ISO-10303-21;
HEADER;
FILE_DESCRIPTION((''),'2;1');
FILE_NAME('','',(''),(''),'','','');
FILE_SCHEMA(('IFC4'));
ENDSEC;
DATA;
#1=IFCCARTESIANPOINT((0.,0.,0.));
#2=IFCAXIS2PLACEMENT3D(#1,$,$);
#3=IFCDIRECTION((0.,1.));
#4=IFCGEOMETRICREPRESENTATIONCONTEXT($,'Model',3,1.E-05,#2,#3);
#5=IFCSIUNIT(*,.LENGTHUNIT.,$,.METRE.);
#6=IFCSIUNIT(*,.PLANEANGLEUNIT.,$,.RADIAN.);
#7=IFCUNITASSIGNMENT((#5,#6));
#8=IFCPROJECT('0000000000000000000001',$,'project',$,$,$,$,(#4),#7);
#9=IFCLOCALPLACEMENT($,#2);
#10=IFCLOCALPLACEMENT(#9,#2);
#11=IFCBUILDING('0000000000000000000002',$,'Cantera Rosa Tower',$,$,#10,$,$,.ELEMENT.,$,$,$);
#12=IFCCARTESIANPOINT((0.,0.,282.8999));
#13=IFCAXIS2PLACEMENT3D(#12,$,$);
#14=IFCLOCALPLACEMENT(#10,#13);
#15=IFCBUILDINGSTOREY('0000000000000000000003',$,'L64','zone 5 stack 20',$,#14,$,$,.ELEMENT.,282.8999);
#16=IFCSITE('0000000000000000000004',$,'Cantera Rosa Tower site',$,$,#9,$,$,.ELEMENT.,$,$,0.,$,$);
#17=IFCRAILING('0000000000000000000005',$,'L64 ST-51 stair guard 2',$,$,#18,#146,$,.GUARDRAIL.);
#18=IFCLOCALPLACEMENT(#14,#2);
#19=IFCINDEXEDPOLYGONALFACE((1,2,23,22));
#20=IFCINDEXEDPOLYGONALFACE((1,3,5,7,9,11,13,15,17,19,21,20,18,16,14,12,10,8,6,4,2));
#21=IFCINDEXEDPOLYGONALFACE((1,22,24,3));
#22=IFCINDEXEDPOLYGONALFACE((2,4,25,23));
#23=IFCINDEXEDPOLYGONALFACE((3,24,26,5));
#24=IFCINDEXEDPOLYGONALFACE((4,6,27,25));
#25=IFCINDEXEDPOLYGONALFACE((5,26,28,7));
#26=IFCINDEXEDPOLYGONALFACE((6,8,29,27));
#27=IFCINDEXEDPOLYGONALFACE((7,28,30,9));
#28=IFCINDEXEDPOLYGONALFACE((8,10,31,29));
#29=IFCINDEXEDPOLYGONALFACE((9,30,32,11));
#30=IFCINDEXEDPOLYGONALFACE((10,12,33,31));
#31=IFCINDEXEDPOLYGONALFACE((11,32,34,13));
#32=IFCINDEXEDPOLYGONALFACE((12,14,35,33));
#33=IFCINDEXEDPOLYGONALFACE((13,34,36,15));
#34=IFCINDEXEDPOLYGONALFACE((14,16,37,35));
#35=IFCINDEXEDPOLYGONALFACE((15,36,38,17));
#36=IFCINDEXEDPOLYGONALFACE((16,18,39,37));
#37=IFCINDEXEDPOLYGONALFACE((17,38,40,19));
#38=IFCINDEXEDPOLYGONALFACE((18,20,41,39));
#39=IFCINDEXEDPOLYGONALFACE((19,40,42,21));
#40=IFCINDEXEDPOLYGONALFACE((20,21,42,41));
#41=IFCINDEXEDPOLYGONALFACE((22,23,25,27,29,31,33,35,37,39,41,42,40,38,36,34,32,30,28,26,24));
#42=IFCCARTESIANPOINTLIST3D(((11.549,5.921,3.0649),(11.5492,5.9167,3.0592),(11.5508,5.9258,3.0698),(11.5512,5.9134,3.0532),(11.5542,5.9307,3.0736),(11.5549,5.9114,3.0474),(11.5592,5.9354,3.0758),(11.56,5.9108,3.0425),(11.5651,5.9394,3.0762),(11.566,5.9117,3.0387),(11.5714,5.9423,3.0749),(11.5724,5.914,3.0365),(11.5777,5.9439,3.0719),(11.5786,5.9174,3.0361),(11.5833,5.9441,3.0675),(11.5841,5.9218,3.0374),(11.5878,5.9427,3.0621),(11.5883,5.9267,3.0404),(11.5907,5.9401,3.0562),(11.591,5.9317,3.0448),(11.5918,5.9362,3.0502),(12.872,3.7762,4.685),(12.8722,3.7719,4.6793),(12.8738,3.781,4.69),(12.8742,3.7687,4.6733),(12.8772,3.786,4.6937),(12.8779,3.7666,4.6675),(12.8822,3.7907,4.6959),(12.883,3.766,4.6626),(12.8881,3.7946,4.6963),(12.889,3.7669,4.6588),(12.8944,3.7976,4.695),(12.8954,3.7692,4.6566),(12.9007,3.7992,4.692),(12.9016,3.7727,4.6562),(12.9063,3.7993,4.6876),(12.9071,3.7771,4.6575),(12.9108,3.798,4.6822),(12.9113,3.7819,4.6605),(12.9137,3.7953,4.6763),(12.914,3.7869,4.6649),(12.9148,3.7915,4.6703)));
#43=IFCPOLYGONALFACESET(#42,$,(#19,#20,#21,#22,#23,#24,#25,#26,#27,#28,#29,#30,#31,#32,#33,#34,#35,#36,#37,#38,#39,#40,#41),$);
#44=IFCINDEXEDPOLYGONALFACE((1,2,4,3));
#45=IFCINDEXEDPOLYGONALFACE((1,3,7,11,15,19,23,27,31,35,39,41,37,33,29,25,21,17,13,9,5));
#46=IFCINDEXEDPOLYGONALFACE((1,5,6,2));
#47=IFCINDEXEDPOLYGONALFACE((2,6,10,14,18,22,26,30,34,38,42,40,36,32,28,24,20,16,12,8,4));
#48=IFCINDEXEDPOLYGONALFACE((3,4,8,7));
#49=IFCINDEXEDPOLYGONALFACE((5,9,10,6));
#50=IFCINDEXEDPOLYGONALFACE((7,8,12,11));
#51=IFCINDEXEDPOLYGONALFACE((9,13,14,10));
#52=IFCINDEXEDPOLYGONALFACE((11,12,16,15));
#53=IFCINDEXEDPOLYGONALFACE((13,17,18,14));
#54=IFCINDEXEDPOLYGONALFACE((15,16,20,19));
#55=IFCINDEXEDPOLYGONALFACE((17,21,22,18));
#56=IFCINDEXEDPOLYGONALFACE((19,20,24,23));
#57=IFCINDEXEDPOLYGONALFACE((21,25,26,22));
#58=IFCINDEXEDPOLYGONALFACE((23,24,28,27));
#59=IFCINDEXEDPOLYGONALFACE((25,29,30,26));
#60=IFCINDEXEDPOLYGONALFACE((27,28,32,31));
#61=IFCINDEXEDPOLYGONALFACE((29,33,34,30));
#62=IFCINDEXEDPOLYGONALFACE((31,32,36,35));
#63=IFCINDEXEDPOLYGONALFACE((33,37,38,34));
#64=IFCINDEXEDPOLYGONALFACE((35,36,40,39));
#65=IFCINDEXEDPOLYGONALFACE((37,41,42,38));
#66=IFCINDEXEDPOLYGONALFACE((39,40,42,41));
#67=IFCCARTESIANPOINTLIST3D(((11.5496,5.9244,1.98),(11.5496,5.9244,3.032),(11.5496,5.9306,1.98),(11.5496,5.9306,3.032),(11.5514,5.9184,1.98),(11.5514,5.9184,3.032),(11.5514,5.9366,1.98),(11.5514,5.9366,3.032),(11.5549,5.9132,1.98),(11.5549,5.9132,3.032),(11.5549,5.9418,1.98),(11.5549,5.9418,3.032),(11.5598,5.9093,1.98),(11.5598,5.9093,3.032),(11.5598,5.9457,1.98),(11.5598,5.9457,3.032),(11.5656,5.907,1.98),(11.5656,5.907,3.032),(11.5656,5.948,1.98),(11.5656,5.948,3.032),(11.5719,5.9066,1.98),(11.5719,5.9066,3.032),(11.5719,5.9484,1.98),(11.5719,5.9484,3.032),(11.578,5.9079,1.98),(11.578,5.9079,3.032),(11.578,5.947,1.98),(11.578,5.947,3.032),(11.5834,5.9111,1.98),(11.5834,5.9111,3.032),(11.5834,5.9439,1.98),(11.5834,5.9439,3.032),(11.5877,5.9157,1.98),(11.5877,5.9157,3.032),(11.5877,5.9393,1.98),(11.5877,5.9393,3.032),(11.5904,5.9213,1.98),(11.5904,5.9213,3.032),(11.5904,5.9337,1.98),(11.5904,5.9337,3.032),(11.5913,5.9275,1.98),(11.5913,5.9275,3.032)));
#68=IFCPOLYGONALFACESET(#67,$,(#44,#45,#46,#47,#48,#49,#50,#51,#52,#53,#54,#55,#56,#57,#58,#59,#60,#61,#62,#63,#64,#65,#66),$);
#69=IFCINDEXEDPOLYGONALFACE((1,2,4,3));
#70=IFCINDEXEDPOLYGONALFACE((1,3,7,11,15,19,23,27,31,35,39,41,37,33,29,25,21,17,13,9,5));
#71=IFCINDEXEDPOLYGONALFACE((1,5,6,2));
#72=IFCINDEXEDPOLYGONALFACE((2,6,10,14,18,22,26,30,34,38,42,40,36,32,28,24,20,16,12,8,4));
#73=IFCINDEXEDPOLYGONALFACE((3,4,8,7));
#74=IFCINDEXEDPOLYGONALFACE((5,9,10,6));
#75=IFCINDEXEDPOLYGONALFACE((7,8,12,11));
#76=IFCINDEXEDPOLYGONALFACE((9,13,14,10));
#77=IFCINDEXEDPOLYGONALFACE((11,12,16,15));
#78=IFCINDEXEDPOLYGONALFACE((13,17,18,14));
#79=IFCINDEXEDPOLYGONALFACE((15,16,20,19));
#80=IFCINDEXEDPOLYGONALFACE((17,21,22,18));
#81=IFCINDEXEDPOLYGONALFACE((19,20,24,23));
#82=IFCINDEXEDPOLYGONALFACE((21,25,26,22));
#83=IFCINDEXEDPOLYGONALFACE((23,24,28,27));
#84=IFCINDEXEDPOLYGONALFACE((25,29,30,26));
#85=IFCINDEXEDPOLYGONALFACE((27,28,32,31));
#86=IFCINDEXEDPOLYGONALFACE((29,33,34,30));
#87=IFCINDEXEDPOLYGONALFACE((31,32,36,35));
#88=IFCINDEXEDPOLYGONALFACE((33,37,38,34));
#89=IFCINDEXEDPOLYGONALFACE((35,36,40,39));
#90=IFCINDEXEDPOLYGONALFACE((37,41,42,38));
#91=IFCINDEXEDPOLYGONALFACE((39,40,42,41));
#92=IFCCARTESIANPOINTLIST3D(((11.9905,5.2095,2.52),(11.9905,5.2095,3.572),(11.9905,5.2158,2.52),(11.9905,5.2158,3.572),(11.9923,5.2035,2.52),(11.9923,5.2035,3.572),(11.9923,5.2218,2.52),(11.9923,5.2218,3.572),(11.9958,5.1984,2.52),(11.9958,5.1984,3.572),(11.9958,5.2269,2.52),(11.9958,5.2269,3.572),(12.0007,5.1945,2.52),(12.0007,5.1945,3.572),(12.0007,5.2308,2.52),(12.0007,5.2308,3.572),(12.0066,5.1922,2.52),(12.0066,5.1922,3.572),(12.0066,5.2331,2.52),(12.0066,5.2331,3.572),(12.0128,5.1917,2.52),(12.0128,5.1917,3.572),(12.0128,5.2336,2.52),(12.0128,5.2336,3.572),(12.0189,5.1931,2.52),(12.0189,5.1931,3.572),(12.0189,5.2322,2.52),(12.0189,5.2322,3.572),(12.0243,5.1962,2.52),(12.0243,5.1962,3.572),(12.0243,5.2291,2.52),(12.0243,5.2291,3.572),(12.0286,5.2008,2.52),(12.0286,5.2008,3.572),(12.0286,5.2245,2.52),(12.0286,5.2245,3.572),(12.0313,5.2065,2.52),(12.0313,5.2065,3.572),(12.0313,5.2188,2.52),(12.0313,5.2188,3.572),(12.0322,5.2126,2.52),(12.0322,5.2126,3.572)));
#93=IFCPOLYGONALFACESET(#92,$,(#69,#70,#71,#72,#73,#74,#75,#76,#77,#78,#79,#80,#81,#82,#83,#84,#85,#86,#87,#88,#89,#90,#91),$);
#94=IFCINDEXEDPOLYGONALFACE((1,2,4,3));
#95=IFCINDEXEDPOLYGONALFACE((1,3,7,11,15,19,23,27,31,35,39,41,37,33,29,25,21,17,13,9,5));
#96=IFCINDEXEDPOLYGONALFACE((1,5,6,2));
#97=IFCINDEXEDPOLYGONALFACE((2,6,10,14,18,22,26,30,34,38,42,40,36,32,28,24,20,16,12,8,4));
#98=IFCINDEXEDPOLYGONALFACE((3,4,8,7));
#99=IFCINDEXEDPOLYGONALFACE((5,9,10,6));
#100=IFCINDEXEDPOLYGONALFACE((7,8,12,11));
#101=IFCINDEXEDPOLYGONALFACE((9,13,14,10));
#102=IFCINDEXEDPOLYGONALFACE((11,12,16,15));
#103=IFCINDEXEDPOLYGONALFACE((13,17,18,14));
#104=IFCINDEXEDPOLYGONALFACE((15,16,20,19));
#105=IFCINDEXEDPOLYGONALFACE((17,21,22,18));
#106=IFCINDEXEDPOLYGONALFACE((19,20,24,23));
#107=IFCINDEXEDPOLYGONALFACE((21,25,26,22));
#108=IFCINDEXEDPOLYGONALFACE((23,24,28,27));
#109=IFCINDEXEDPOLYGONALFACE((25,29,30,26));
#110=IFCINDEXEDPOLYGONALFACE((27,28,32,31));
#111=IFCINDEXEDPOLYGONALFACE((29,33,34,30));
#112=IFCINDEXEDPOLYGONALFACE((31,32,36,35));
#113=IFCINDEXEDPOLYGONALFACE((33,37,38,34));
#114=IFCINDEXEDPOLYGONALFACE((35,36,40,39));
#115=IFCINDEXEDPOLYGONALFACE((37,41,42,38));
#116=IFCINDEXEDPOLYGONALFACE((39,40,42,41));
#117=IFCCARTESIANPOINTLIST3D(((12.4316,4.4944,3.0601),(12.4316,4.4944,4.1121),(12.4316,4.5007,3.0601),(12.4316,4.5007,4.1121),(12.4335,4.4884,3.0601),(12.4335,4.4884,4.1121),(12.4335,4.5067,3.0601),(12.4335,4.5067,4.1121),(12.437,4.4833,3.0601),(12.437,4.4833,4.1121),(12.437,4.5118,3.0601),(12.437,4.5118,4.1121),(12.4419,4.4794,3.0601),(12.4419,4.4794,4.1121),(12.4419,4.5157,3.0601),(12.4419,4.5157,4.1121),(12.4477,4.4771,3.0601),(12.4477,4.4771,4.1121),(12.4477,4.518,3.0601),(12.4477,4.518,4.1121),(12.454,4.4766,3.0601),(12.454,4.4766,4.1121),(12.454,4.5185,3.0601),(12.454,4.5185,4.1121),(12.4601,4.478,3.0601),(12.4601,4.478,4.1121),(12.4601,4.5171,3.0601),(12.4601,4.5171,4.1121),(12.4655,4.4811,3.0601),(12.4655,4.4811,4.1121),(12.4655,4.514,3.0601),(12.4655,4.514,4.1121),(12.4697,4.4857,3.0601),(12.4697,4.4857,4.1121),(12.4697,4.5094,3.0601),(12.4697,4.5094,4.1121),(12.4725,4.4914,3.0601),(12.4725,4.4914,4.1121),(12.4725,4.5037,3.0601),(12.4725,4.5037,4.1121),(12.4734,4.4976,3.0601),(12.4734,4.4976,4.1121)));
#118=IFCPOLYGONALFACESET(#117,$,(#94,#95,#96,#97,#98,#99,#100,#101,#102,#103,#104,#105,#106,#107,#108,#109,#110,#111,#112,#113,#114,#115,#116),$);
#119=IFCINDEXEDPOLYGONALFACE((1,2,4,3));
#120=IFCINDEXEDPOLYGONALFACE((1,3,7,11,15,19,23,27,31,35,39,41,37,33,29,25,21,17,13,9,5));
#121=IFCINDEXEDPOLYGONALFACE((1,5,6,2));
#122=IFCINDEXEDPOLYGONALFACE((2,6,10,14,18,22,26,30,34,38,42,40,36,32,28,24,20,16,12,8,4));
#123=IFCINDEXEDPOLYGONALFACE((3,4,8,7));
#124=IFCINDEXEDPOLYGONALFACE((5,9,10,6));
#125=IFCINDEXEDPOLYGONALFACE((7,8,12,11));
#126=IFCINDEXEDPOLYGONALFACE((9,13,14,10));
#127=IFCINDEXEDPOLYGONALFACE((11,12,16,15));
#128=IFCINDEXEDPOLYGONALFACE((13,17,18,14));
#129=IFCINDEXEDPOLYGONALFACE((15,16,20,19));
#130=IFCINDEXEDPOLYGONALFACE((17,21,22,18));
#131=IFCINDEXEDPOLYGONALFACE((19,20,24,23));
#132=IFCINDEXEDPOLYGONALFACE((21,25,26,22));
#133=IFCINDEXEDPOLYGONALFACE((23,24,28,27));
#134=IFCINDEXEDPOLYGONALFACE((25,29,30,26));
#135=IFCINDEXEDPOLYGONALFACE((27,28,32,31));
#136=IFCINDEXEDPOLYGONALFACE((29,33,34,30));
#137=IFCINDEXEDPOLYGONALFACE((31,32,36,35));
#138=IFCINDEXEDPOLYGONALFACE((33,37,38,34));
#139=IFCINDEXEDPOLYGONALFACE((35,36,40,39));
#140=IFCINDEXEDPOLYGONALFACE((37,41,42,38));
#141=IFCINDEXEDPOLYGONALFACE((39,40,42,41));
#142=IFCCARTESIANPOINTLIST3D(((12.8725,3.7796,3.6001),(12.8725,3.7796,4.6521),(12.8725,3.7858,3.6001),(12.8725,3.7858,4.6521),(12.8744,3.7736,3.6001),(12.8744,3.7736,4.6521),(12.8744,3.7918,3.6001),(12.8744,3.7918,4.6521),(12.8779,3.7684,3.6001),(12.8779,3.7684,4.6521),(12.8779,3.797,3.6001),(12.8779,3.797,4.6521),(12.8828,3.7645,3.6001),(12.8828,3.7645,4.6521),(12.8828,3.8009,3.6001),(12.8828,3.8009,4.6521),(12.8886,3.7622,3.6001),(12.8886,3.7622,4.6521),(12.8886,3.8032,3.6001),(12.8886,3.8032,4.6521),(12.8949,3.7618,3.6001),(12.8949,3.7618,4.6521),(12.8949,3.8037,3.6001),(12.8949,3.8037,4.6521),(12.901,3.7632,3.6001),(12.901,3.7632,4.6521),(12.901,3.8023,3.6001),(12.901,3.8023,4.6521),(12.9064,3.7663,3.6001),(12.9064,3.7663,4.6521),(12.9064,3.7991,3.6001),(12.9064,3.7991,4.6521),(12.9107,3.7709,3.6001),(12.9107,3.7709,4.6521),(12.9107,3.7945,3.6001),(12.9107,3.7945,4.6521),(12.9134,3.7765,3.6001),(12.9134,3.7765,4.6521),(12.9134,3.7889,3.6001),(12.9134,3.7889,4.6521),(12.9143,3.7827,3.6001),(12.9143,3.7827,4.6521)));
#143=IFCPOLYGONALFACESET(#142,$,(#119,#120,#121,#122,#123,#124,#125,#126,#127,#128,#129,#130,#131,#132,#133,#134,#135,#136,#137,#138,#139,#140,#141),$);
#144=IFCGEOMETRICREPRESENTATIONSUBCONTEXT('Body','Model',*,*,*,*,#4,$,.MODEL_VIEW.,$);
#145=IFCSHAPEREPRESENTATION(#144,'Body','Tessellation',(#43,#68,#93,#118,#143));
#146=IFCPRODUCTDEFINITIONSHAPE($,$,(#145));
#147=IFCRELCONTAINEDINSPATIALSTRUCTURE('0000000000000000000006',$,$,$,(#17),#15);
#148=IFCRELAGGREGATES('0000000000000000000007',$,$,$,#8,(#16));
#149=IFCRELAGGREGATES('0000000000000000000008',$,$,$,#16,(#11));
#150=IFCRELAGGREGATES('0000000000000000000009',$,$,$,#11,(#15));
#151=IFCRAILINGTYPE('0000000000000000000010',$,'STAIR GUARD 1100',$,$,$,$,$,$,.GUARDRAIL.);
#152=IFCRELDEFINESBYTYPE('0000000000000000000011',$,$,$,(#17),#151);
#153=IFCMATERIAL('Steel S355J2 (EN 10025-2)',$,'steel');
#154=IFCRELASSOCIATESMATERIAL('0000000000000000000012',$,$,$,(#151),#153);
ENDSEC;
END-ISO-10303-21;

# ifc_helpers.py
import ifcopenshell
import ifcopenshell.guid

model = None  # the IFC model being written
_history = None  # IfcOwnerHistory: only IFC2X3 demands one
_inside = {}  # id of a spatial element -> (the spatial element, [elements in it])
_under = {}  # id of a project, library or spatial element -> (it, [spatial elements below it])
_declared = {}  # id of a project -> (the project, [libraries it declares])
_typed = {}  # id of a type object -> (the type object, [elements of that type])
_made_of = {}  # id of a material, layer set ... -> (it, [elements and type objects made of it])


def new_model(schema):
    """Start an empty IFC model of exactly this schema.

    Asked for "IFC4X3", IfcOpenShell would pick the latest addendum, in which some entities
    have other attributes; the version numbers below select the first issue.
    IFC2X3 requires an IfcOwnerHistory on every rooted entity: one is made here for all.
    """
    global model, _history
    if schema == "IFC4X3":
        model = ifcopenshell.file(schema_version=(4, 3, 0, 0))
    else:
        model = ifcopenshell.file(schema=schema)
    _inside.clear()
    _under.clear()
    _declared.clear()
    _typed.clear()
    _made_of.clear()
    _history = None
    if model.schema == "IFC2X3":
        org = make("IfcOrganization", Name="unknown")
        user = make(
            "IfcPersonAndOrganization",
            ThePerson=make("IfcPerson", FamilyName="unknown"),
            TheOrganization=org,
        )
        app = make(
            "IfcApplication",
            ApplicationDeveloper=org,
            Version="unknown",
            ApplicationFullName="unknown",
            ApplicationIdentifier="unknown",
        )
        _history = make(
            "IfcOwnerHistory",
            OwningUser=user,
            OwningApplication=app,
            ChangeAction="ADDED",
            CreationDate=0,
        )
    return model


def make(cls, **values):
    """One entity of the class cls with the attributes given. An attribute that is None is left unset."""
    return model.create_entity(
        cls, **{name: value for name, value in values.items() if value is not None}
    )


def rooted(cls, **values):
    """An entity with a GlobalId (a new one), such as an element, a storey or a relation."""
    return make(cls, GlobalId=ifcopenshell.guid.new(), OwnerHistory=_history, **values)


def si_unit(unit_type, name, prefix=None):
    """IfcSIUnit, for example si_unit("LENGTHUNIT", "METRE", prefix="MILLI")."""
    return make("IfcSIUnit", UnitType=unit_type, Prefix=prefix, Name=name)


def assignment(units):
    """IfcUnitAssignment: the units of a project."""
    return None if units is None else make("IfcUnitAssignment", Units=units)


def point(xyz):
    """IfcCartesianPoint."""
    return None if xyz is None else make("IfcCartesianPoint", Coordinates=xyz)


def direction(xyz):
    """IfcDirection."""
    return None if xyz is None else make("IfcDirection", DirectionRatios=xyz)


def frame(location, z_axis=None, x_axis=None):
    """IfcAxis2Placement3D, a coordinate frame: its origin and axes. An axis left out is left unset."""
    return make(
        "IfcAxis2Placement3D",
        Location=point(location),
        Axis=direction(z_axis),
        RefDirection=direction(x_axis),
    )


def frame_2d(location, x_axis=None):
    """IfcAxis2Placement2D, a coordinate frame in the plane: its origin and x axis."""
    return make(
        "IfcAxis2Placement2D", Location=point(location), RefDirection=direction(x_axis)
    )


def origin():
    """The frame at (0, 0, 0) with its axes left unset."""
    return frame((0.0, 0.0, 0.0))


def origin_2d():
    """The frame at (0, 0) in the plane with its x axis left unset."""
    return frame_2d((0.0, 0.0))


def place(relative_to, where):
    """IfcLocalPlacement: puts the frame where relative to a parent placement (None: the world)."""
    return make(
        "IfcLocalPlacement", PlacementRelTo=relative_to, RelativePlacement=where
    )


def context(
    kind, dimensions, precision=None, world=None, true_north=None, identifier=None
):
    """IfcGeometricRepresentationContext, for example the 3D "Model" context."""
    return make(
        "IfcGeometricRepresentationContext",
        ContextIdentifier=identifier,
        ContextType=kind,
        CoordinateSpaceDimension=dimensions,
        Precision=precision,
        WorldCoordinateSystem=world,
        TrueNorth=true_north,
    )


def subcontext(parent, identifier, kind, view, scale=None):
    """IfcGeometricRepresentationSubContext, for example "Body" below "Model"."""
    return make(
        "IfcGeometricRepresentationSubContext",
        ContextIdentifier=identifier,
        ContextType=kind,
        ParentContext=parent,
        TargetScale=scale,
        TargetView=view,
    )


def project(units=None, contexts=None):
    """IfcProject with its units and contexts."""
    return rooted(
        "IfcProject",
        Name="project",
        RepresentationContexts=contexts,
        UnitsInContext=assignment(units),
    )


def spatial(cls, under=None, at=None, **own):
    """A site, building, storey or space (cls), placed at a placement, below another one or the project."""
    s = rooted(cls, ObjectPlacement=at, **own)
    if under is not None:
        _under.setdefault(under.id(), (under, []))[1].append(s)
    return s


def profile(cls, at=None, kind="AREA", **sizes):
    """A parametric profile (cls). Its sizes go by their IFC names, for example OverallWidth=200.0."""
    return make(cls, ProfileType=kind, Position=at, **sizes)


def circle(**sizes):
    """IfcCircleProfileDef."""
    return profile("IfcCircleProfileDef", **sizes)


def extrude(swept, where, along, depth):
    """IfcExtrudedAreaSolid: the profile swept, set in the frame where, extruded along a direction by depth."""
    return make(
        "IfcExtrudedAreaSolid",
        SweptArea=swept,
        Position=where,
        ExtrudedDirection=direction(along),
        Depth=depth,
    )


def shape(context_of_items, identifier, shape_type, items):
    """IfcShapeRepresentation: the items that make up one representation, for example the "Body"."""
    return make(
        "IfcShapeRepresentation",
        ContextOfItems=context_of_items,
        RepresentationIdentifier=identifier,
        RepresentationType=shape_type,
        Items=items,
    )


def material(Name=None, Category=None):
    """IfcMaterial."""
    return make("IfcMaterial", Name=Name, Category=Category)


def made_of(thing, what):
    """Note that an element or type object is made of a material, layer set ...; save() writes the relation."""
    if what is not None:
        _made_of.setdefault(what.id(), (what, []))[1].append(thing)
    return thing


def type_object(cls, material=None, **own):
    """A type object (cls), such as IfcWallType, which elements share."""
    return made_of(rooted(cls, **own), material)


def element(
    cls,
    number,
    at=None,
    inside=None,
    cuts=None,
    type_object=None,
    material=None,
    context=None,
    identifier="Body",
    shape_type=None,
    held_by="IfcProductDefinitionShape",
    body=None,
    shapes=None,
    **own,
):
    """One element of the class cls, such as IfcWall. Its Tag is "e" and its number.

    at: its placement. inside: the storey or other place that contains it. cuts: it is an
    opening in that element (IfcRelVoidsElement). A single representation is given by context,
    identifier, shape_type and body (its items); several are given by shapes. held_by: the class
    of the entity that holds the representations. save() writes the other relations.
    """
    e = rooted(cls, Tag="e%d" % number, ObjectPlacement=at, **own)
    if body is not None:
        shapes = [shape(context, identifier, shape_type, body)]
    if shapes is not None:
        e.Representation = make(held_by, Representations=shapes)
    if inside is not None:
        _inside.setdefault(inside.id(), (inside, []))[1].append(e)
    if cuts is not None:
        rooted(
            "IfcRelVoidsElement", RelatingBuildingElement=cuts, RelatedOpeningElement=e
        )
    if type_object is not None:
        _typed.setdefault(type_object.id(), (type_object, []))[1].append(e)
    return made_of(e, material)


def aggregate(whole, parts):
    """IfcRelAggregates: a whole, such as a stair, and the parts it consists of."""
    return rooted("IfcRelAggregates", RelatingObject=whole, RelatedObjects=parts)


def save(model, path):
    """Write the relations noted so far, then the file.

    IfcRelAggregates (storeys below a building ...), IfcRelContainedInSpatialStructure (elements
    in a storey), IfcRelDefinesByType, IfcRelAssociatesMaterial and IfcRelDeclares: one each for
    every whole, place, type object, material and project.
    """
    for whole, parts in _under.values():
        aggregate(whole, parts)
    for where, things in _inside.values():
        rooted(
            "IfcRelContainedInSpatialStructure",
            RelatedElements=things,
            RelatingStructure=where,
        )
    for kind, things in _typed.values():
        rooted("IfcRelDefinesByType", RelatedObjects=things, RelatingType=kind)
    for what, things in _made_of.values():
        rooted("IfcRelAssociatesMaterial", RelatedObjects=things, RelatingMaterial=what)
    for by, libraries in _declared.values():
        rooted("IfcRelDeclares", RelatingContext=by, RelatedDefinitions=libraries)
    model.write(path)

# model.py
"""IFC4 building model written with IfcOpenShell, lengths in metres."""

from ifc_helpers import new_model, si_unit, direction, frame, origin, origin_2d, place, context, subcontext, project, spatial, circle, extrude, material, type_object, element, save


model = new_model("IFC4")

# Units and contexts
model_context = context("Model", 3, precision=1e-05, world=origin(), true_north=direction((0.0, 1.0)))
body_context = subcontext(model_context, "Body", "Model", "MODEL_VIEW")
ifc_project = project(units=[si_unit("LENGTHUNIT", "METRE"), si_unit("PLANEANGLEUNIT", "RADIAN")], contexts=[model_context])

# Site, building, storey
site_placement = place(None, origin())
site = spatial("IfcSite", under=ifc_project, at=site_placement, Name="Cantera Rosa Tower site", CompositionType="ELEMENT", RefElevation=0.0)
building_placement = place(site_placement, origin())
building = spatial("IfcBuilding", under=site, at=building_placement, Name="Cantera Rosa Tower", CompositionType="ELEMENT")
storey_placement = place(building_placement, frame((0.0, 0.0, 282.8999)))
storey = spatial("IfcBuildingStorey", under=building, at=storey_placement, Name="L64", Description="zone 5 stack 20", CompositionType="ELEMENT", Elevation=282.8999)

# Railing
ifc_material_1 = material(Name="Steel S355J2 (EN 10025-2)", Category="steel")
railing_type_1 = type_object("IfcRailingType", Name="STAIR GUARD 1100", PredefinedType="GUARDRAIL", material=ifc_material_1)
railing_1_placement = place(storey_placement, frame((11.5703, 5.9275, 1.98)))
element("IfcRailing", 1, at=railing_1_placement, inside=storey, type_object=railing_type_1, Name="L64 ST-51 stair guard 2", PredefinedType="GUARDRAIL", context=body_context, shape_type="SweptSolid", body=[
    extrude(circle(Radius=0.0239, at=origin_2d()), frame((0.0, 0.0, 1.0762), z_axis=(0.441609, -0.715914, 0.540786), x_axis=(0.851102, 0.525, 0.0)), (0.0, 0.0, 1.0), 2.9958),
    extrude(circle(Radius=0.021, at=origin_2d()), origin(), (0.0, 0.0, 1.0), 1.052),
    extrude(circle(Radius=0.021, at=origin_2d()), frame((0.4409, -0.7148, 0.54)), (0.0, 0.0, 1.0), 1.052),
    extrude(circle(Radius=0.021, at=origin_2d()), frame((0.8821, -1.4299, 1.0801)), (0.0, 0.0, 1.0), 1.052),
    extrude(circle(Radius=0.021, at=origin_2d()), frame((1.323, -2.1448, 1.6201)), (0.0, 0.0, 1.0), 1.052),
])

save(model, "model.ifc")
